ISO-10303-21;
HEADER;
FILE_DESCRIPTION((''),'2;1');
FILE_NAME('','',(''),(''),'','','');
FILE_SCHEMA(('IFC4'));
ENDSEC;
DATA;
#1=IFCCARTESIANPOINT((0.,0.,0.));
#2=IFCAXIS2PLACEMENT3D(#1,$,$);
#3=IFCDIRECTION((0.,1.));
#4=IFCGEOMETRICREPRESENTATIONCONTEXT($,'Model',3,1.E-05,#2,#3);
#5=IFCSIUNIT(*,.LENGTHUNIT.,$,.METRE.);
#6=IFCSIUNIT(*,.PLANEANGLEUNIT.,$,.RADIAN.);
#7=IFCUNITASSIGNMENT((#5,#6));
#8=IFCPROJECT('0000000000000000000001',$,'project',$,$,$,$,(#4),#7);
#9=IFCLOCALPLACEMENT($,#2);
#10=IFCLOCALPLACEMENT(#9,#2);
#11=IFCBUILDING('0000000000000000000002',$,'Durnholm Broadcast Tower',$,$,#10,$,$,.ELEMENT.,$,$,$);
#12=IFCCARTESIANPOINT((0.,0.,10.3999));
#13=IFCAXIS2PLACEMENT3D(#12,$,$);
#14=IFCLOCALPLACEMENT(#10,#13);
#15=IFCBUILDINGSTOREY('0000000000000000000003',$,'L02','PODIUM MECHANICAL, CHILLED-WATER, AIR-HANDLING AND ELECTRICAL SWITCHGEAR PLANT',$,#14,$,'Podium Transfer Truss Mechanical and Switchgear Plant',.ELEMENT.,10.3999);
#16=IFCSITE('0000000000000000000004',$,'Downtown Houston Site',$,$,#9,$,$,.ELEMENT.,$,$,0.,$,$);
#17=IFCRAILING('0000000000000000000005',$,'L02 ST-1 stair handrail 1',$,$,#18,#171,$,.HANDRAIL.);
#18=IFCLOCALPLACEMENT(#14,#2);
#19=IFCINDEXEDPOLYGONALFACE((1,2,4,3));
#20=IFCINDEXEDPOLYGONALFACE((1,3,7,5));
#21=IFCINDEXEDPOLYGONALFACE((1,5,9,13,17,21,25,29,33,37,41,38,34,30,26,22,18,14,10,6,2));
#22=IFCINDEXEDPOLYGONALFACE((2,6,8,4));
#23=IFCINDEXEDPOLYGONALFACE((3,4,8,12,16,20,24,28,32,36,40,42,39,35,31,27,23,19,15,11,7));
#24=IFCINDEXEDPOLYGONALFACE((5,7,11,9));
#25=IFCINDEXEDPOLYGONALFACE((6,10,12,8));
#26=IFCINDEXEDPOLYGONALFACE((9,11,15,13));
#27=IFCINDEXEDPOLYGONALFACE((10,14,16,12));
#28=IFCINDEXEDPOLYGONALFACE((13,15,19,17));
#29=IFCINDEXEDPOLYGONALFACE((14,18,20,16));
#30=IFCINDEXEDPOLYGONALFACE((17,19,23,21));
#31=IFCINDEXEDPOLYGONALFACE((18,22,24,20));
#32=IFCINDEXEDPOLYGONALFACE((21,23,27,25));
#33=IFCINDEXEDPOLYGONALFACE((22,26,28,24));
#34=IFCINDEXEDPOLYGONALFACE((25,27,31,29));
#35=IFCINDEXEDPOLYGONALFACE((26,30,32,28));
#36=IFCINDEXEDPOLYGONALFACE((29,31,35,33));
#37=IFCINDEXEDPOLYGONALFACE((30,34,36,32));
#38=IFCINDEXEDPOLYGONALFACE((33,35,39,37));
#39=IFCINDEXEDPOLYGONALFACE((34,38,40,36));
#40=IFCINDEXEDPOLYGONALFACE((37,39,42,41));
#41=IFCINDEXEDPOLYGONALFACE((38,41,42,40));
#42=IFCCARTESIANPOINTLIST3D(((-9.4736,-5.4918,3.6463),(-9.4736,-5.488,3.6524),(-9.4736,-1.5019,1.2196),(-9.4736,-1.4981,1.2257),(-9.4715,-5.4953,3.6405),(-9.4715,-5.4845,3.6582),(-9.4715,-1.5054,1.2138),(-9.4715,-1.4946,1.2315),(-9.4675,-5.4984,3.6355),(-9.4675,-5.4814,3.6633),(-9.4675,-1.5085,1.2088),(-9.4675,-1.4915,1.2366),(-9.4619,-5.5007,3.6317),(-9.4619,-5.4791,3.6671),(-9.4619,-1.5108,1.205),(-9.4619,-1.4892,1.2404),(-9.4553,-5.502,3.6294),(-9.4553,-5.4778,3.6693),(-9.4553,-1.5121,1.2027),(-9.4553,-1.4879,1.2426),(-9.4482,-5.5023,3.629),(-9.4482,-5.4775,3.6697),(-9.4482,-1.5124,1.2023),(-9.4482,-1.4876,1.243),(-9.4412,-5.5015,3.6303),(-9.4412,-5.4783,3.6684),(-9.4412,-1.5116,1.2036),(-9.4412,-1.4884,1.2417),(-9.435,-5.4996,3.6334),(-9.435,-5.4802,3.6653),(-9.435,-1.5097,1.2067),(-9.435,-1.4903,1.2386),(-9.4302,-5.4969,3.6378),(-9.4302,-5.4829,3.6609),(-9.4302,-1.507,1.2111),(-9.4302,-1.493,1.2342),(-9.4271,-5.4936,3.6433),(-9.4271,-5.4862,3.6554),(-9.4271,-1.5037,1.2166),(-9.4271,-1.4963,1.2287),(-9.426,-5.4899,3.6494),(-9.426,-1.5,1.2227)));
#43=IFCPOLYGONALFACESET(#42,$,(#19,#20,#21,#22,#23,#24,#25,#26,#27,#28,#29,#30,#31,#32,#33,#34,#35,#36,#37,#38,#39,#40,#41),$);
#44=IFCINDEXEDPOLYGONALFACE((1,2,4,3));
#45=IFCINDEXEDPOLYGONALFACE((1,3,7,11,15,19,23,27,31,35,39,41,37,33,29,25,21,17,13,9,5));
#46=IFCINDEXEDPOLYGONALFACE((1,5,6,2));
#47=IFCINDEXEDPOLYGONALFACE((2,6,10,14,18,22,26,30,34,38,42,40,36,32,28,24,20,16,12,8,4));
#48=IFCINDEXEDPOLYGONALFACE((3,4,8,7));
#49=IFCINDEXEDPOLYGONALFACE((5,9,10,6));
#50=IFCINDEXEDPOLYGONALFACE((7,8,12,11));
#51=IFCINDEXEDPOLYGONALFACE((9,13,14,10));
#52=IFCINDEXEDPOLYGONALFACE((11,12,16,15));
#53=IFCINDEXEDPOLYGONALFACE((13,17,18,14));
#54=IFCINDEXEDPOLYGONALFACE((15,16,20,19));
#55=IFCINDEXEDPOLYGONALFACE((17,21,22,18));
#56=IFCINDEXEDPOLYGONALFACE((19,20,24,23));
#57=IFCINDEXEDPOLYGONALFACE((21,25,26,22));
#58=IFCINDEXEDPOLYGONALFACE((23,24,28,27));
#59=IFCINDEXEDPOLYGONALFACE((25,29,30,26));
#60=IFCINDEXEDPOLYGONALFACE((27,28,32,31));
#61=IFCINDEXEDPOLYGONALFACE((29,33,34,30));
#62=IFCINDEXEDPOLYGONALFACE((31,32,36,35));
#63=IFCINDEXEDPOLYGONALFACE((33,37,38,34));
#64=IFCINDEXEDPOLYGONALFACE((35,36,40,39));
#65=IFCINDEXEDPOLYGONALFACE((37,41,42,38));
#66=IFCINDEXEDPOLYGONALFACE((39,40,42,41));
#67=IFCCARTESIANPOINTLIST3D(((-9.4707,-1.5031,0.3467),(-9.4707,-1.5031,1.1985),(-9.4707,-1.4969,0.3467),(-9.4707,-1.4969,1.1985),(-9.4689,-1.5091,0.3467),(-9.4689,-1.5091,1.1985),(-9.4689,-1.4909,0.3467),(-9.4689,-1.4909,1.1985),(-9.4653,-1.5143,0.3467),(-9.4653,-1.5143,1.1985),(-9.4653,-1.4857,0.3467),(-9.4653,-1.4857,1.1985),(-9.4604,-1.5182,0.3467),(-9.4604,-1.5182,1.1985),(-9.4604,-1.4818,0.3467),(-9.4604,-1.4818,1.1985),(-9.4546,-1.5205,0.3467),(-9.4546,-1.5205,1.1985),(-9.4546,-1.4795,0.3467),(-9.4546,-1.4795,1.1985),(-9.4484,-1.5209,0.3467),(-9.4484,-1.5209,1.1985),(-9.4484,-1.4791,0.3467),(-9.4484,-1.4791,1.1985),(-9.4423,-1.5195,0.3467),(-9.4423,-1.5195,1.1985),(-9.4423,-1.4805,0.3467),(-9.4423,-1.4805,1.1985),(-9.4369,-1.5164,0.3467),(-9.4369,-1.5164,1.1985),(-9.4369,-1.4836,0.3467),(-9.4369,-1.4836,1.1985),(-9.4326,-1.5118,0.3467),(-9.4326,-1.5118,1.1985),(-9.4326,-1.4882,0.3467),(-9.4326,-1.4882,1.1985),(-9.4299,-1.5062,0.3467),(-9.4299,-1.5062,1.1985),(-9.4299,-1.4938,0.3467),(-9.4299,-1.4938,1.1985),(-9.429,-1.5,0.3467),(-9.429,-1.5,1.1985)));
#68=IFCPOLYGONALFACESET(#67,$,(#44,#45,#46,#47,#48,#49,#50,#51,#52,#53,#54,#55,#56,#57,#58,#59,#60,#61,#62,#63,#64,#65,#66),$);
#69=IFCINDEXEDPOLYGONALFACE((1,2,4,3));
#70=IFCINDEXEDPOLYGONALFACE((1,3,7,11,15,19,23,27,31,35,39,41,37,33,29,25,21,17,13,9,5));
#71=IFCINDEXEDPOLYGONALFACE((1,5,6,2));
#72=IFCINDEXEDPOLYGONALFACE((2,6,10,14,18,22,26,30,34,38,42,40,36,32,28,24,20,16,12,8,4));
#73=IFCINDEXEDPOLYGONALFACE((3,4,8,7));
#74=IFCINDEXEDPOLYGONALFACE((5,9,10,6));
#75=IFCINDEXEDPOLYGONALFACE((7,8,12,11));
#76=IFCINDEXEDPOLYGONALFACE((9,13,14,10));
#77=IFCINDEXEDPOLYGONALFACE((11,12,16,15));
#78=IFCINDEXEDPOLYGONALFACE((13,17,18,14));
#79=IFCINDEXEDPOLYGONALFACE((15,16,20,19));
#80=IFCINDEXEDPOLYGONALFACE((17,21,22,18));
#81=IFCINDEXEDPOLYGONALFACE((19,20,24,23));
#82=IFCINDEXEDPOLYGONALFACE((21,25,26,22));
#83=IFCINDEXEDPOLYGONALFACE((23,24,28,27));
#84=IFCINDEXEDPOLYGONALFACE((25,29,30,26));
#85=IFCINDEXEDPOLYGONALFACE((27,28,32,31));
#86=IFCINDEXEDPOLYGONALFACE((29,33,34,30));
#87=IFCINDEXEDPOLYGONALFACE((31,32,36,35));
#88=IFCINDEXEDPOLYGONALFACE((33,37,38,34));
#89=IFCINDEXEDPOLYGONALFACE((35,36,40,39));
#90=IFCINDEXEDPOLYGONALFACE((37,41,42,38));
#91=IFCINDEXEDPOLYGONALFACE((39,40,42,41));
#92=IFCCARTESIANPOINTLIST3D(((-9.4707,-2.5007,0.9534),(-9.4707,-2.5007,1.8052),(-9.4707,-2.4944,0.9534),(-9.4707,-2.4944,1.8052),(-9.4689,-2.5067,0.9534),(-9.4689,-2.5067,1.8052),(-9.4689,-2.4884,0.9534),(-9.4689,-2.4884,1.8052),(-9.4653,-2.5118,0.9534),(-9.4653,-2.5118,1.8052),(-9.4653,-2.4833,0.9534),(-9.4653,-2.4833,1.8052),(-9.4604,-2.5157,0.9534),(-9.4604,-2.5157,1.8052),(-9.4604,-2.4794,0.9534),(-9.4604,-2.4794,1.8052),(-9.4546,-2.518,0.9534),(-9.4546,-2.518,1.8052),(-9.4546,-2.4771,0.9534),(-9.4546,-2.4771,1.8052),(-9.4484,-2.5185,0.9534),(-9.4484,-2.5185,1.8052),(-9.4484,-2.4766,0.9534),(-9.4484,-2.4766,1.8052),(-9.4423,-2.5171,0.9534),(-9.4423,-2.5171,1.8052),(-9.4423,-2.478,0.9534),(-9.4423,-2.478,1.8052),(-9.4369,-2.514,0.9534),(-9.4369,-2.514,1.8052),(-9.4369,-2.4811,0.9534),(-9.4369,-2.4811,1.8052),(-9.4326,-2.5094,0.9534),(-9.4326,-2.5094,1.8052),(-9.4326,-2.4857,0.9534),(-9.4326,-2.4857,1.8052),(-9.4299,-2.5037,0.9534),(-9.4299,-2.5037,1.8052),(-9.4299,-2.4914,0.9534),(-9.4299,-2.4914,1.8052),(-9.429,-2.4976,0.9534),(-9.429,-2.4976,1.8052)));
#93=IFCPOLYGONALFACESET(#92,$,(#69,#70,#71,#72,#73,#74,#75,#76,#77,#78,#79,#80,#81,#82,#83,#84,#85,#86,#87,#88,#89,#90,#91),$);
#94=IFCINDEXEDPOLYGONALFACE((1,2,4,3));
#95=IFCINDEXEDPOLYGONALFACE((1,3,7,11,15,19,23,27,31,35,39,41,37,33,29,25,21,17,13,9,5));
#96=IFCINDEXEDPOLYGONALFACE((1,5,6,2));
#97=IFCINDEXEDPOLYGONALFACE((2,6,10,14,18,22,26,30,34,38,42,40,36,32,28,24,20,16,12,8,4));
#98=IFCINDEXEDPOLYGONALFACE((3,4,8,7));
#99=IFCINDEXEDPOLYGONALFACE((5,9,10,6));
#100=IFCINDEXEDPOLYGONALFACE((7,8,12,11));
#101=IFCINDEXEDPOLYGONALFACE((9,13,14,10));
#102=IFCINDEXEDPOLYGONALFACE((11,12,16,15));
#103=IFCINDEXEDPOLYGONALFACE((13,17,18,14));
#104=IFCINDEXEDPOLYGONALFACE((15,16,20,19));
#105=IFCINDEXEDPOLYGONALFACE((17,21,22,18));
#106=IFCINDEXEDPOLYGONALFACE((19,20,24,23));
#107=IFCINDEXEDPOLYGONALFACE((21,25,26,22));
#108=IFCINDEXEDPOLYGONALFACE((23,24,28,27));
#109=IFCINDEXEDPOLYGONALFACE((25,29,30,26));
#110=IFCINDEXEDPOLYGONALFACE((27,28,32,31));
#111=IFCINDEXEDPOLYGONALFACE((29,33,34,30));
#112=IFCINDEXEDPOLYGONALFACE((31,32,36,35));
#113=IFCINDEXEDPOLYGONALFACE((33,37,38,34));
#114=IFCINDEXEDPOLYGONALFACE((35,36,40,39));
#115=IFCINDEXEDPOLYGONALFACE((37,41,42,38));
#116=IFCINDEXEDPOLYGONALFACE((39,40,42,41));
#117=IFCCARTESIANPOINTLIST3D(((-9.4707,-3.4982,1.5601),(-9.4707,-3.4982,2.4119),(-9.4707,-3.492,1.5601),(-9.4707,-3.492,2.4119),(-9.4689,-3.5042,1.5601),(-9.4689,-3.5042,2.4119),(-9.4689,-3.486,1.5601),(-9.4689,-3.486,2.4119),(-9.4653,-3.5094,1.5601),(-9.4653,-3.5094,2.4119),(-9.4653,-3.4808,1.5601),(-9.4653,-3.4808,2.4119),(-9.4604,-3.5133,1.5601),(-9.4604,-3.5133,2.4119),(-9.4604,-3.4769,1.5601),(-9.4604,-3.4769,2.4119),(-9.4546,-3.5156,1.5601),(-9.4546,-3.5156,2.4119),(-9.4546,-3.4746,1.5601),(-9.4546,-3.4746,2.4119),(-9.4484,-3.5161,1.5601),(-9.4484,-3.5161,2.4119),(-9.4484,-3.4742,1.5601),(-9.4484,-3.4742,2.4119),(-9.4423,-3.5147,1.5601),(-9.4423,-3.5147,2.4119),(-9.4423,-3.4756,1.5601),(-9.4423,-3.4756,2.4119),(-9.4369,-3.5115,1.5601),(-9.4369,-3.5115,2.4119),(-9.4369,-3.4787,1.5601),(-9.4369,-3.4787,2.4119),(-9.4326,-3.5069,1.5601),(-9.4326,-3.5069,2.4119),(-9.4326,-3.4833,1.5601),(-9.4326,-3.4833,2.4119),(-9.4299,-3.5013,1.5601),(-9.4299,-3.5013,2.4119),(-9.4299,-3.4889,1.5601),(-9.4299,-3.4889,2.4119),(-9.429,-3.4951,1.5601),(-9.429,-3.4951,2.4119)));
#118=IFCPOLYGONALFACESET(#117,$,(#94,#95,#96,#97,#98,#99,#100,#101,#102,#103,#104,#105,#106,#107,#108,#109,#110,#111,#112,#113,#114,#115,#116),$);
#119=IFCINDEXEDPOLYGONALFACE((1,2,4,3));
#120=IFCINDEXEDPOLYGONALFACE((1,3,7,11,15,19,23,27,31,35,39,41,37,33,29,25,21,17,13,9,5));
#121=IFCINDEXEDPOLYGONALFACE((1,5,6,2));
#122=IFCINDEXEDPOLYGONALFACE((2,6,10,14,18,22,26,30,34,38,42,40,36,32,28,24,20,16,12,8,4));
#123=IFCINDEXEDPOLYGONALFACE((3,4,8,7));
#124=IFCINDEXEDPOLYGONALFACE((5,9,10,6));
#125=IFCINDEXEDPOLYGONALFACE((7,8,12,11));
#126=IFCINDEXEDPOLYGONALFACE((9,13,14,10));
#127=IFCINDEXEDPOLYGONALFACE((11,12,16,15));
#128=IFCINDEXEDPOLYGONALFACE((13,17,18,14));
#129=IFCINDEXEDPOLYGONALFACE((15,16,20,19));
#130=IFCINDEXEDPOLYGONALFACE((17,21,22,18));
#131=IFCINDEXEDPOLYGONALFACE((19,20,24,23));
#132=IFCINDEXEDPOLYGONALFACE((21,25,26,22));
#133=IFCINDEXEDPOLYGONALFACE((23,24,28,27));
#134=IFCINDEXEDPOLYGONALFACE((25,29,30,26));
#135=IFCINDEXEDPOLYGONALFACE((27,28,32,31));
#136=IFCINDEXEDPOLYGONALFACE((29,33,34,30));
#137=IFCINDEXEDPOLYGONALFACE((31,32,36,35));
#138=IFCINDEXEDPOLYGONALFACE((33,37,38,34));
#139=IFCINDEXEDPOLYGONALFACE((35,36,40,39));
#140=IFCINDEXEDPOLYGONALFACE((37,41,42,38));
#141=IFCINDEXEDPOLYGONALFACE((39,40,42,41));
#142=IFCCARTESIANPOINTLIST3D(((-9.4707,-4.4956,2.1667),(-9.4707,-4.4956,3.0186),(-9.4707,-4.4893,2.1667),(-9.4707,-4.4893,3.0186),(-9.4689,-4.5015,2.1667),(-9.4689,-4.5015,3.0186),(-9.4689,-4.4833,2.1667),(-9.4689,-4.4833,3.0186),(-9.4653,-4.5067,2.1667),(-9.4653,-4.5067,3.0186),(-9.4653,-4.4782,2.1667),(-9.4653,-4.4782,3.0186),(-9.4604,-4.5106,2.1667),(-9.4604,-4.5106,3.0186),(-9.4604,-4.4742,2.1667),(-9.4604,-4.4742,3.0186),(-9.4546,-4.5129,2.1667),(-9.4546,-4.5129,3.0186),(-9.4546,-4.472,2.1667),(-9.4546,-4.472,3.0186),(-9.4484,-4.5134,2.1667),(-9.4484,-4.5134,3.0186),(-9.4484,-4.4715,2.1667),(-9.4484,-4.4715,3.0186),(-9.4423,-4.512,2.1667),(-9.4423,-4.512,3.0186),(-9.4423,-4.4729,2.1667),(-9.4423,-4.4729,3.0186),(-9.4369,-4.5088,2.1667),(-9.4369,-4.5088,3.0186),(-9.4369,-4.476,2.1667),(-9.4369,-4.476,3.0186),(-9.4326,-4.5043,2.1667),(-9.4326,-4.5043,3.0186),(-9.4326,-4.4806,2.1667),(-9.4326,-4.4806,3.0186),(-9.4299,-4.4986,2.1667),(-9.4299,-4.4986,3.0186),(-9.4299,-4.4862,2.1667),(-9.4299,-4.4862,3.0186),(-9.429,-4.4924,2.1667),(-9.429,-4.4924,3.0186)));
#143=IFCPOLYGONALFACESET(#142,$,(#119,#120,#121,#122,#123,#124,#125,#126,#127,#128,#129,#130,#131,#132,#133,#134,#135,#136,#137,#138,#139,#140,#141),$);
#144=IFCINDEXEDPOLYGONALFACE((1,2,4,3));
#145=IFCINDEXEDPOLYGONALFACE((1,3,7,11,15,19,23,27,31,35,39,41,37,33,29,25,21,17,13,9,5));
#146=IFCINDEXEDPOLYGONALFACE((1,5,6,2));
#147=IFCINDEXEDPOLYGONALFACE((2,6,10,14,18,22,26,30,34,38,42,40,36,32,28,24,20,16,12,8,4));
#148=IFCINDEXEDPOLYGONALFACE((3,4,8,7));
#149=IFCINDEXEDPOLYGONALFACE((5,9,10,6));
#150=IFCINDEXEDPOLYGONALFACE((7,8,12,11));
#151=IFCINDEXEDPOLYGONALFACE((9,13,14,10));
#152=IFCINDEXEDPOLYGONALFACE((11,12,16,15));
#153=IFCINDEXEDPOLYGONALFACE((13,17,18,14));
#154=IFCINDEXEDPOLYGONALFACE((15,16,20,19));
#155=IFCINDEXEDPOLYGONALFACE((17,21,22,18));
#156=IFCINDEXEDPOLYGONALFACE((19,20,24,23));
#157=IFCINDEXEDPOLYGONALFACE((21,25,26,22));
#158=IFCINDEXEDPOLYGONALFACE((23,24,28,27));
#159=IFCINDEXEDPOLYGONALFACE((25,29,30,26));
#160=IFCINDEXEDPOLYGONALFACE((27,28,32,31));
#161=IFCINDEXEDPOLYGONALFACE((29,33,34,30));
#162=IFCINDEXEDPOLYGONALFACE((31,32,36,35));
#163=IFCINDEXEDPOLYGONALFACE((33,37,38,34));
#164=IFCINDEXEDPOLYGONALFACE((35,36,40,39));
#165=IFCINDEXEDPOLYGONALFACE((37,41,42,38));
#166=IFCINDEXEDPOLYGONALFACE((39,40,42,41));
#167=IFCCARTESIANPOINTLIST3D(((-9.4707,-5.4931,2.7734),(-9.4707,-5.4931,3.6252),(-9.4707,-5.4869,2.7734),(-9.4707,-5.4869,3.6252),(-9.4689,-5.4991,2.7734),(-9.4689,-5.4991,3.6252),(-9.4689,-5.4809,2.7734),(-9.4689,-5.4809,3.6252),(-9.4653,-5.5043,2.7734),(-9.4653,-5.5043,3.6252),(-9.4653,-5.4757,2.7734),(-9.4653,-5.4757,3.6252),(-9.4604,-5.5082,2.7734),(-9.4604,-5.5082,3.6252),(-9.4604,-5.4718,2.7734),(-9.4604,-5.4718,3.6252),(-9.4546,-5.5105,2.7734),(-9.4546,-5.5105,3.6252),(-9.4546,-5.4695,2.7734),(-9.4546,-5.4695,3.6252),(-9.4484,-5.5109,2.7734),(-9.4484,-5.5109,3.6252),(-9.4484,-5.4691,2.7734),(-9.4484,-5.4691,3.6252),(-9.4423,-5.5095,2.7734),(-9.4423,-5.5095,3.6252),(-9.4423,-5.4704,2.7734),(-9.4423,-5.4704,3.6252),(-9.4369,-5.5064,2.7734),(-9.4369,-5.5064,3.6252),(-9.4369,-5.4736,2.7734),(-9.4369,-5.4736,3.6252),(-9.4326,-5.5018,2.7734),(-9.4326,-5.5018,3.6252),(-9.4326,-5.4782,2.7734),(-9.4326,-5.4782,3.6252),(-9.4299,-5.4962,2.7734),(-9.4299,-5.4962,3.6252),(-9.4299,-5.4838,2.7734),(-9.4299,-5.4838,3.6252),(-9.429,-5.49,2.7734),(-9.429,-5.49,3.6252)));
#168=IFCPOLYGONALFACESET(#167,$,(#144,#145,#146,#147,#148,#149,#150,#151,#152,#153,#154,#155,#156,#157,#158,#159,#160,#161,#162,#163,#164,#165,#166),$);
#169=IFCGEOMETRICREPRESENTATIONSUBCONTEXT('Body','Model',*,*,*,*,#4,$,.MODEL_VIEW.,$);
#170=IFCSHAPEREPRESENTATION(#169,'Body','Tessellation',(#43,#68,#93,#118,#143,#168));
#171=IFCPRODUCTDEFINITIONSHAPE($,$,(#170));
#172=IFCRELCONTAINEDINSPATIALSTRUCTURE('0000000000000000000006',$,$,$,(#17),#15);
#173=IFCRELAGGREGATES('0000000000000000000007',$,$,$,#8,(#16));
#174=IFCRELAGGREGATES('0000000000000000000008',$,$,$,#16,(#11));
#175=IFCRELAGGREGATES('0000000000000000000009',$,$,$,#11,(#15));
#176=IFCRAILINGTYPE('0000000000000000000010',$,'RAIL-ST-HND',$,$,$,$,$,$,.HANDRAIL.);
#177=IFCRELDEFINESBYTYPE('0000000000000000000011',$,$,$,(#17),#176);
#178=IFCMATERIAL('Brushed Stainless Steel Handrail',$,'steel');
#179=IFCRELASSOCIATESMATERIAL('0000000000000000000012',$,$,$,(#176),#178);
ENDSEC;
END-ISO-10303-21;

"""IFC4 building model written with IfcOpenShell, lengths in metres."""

from ifc_helpers import new_model, si_unit, direction, frame, origin, origin_2d, place, context, subcontext, project, spatial, circle, extrude, material, type_object, element, save


model = new_model("IFC4")

# Units and contexts
model_context = context("Model", 3, precision=1e-05, world=origin(), true_north=direction((0.0, 1.0)))
body_context = subcontext(model_context, "Body", "Model", "MODEL_VIEW")
ifc_project = project(units=[si_unit("LENGTHUNIT", "METRE"), si_unit("PLANEANGLEUNIT", "RADIAN")], contexts=[model_context])

# Site, building, storey
site_placement = place(None, origin())
site = spatial("IfcSite", under=ifc_project, at=site_placement, Name="Downtown Houston Site", CompositionType="ELEMENT", RefElevation=0.0)
building_placement = place(site_placement, origin())
building = spatial("IfcBuilding", under=site, at=building_placement, Name="Durnholm Broadcast Tower", CompositionType="ELEMENT")
storey_placement = place(building_placement, frame((0.0, 0.0, 10.3999)))
storey = spatial("IfcBuildingStorey", under=building, at=storey_placement, Name="L02", Description="PODIUM MECHANICAL, CHILLED-WATER, AIR-HANDLING AND ELECTRICAL SWITCHGEAR PLANT", LongName="Podium Transfer Truss Mechanical and Switchgear Plant", CompositionType="ELEMENT", Elevation=10.3999)

# Railing
ifc_material_1 = material(Name="Brushed Stainless Steel Handrail", Category="steel")
railing_type_1 = type_object("IfcRailingType", Name="RAIL-ST-HND", PredefinedType="HANDRAIL", material=ifc_material_1)
railing_1_placement = place(storey_placement, frame((-9.45, -1.5, 0.3467)))
element("IfcRailing", 1, at=railing_1_placement, inside=storey, type_object=railing_type_1, Name="L02 ST-1 stair handrail 1", PredefinedType="HANDRAIL", context=body_context, shape_type="SweptSolid", body=[
    extrude(circle(Radius=0.0239, at=origin_2d()), frame((0.0, 0.0, 0.876), z_axis=(0.0, -0.854382, 0.519645), x_axis=(1.0, 0.0, 0.0)), (0.0, 0.0, 1.0), 4.6699),
    extrude(circle(Radius=0.021, at=origin_2d()), origin(), (0.0, 0.0, 1.0), 0.8518),
    extrude(circle(Radius=0.021, at=origin_2d()), frame((0.0, -0.9976, 0.6067)), (0.0, 0.0, 1.0), 0.8518),
    extrude(circle(Radius=0.021, at=origin_2d()), frame((0.0, -1.9951, 1.2134)), (0.0, 0.0, 1.0), 0.8518),
    extrude(circle(Radius=0.021, at=origin_2d()), frame((0.0, -2.9924, 1.8201)), (0.0, 0.0, 1.0), 0.8518),
    extrude(circle(Radius=0.021, at=origin_2d()), frame((0.0, -3.99, 2.4268)), (0.0, 0.0, 1.0), 0.8518),
])

save(model, "model.ifc")
